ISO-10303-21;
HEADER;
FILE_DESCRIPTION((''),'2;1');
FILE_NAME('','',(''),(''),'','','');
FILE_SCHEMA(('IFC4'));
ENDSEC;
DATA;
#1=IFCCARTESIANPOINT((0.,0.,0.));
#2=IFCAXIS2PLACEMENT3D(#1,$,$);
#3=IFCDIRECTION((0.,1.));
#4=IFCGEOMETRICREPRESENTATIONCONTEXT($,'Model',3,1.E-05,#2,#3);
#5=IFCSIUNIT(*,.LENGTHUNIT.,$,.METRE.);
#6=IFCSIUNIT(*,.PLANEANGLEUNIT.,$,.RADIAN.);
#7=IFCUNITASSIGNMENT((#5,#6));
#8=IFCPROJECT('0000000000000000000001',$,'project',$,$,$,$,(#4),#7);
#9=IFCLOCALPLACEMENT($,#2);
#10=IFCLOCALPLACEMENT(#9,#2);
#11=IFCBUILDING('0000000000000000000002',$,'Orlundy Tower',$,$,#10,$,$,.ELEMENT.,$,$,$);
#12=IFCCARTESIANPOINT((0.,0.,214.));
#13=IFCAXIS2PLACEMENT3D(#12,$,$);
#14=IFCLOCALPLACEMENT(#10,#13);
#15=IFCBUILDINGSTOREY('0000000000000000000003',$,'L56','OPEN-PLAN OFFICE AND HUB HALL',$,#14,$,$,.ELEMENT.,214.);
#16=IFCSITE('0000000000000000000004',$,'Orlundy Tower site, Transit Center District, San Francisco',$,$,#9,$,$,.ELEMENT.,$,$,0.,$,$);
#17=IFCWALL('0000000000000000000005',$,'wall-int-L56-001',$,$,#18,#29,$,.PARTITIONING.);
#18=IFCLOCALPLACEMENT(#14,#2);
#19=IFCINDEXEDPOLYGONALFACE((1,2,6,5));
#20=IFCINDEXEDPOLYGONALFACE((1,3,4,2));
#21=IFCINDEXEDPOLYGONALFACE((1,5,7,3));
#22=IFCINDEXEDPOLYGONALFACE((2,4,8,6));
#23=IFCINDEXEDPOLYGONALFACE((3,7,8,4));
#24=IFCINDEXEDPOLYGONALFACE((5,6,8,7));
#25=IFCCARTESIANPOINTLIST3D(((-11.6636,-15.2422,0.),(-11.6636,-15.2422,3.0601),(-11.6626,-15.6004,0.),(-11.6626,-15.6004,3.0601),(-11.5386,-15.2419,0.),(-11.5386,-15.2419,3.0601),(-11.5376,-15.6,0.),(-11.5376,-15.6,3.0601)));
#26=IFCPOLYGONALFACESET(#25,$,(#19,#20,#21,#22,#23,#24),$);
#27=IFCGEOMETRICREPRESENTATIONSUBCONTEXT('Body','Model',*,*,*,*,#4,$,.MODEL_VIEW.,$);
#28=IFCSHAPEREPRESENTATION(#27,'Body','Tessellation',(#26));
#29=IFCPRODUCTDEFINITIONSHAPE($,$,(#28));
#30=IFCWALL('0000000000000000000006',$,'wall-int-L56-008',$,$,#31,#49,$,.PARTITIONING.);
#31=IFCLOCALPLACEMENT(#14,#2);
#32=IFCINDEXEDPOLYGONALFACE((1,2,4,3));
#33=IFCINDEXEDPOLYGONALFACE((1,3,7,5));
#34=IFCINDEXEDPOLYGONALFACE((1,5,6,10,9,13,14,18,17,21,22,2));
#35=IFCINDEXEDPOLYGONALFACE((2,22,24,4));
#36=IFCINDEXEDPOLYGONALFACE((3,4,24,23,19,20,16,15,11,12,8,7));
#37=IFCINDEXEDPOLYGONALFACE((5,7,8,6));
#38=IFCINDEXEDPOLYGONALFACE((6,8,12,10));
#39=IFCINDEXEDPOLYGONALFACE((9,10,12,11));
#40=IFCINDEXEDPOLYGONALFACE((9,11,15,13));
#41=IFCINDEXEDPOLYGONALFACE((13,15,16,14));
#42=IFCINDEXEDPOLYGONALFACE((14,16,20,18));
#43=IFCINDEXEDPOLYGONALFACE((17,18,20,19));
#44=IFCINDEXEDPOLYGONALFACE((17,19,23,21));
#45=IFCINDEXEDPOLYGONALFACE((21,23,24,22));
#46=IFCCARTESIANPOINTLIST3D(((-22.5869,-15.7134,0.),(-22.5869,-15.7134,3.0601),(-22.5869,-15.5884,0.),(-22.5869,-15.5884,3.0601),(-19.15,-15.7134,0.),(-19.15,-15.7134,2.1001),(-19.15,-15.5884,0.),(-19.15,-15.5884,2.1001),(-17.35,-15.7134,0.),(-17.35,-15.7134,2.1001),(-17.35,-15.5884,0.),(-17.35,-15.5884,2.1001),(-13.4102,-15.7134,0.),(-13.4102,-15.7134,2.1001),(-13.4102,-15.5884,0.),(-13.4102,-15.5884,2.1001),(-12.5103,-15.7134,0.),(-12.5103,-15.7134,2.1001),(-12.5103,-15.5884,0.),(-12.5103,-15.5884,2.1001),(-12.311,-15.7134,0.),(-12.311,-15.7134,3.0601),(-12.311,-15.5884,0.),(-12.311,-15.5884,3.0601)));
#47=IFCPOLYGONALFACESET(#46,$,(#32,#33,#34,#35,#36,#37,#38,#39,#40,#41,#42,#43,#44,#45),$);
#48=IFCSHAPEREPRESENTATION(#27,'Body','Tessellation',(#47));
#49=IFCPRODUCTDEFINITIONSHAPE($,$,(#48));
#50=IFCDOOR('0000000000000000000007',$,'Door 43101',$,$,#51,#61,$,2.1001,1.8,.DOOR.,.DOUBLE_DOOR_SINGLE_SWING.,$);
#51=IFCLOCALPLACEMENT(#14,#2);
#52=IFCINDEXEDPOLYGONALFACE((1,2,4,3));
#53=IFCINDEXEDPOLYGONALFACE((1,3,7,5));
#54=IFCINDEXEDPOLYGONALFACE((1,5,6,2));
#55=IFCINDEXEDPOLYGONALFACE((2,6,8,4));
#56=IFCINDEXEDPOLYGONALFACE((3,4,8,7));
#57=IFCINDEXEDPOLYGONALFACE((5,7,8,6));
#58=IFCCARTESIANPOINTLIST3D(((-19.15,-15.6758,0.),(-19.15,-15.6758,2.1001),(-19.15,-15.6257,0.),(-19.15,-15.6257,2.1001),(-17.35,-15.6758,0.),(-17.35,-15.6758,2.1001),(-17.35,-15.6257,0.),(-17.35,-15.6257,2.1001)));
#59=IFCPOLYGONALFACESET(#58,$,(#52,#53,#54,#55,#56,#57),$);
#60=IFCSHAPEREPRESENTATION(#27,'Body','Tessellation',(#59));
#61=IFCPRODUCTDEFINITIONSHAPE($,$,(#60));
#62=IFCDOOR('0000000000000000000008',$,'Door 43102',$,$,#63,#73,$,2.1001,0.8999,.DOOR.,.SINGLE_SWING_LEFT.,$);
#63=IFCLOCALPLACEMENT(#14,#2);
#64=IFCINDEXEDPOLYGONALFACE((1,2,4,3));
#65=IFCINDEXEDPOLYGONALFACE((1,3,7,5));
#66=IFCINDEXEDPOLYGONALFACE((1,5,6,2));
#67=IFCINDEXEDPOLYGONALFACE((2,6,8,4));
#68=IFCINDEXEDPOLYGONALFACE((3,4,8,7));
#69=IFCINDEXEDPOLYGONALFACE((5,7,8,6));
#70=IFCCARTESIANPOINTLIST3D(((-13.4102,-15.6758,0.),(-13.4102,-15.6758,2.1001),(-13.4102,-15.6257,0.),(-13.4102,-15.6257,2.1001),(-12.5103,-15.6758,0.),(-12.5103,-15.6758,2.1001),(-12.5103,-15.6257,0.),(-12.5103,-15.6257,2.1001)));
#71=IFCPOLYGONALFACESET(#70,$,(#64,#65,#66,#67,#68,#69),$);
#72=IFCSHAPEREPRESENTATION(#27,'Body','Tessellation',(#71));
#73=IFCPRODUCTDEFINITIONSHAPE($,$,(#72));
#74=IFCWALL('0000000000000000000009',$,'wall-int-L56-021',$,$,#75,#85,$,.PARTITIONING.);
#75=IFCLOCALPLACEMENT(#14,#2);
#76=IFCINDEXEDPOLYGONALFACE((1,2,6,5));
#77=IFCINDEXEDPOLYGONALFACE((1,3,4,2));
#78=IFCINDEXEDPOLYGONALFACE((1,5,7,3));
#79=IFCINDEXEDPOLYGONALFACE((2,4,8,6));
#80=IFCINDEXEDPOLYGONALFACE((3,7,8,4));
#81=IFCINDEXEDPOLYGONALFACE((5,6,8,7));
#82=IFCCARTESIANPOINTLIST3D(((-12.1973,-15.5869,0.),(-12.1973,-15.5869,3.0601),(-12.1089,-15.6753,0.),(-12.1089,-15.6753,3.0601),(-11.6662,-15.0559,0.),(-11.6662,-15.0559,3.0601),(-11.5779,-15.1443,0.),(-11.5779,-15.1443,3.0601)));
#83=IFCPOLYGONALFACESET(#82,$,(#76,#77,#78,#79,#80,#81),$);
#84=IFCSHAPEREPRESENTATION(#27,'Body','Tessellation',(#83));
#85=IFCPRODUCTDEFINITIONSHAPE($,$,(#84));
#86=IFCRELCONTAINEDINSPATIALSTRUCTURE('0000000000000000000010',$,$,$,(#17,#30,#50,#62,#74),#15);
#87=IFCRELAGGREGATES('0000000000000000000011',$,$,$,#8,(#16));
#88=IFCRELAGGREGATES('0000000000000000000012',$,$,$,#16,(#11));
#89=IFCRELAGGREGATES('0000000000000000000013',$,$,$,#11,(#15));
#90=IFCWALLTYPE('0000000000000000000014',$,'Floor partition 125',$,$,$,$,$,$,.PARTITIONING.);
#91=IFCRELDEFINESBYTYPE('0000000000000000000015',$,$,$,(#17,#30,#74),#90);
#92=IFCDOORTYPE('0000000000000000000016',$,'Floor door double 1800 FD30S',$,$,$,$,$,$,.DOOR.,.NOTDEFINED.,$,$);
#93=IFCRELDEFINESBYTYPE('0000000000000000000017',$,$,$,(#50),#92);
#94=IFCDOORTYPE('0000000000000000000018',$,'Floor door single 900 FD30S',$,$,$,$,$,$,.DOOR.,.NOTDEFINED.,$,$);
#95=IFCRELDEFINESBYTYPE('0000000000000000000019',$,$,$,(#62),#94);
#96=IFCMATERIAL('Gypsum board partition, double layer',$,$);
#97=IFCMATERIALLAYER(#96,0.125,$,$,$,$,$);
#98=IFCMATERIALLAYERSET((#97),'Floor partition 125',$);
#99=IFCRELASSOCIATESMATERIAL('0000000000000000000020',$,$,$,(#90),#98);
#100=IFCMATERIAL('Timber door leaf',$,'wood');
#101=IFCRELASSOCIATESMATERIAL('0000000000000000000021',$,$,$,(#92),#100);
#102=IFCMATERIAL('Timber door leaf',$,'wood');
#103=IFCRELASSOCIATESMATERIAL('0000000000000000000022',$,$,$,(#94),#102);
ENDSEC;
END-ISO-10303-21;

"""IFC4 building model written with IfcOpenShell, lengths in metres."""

from ifc_helpers import new_model, si_unit, direction, frame, frame_2d, origin, place, context, subcontext, project, spatial, rectangle, extrude, material, layer, layer_set, type_object, element, fill, save


model = new_model("IFC4")

# Units and contexts
model_context = context("Model", 3, precision=1e-05, world=origin(), true_north=direction((0.0, 1.0)))
body_context = subcontext(model_context, "Body", "Model", "MODEL_VIEW")
ifc_project = project(units=[si_unit("LENGTHUNIT", "METRE"), si_unit("PLANEANGLEUNIT", "RADIAN")], contexts=[model_context])

# Site, building, storey
site_placement = place(None, origin())
site = spatial("IfcSite", under=ifc_project, at=site_placement, Name="Orlundy Tower site, Transit Center District, San Francisco", CompositionType="ELEMENT", RefElevation=0.0)
building_placement = place(site_placement, origin())
building = spatial("IfcBuilding", under=site, at=building_placement, Name="Orlundy Tower", CompositionType="ELEMENT")
storey_placement = place(building_placement, frame((0.0, 0.0, 214.0)))
storey = spatial("IfcBuildingStorey", under=building, at=storey_placement, Name="L56", Description="OPEN-PLAN OFFICE AND HUB HALL", CompositionType="ELEMENT", Elevation=214.0)

# Wall
ifc_material_1 = material(Name="Gypsum board partition, double layer")
ifc_layer_1 = layer(ifc_material_1, 0.125)
ifc_layer_set_1 = layer_set([ifc_layer_1], Name="Floor partition 125")
wall_type_1 = type_object("IfcWallType", Name="Floor partition 125", PredefinedType="PARTITIONING", material=ifc_layer_set_1)
wall_1_placement = place(storey_placement, frame((-11.6011, -15.2419, 0.0), z_axis=(0.0, 0.0, 1.0), x_axis=(0.002727, -0.999996, 0.0)))
element("IfcWall", 1, at=wall_1_placement, inside=storey, type_object=wall_type_1, Name="wall-int-L56-001", PredefinedType="PARTITIONING", context=body_context, shape_type="SweptSolid", body=[
    extrude(rectangle(XDim=0.3582, YDim=0.125, at=frame_2d((0.1792, 0.0))), origin(), (0.0, 0.0, 1.0), 3.0601),
])

# Wall, openings, doors
wall_2_placement = place(storey_placement, frame((-12.311, -15.6509, 0.0), z_axis=(0.0, 0.0, 1.0), x_axis=(-1.0, 0.0, 0.0)))
wall_2 = element("IfcWall", 2, at=wall_2_placement, inside=storey, type_object=wall_type_1, Name="wall-int-L56-008", PredefinedType="PARTITIONING", context=body_context, shape_type="SweptSolid", body=[
    extrude(rectangle(XDim=10.2759, YDim=0.125, at=frame_2d((5.1379, 0.0))), origin(), (0.0, 0.0, 1.0), 3.0601),
])
opening_1_placement = place(wall_2_placement, frame((5.0391, 0.0, 0.0)))
opening_1 = element("IfcOpeningElement", 3, at=opening_1_placement, cuts=wall_2, PredefinedType="OPENING", context=body_context, shape_type="SweptSolid", body=[
    extrude(rectangle(XDim=1.8, YDim=2.1001, at=frame_2d((0.8999, 1.05))), frame((0.0, 0.0725, 0.0), z_axis=(0.0, -1.0, 0.0), x_axis=(1.0, 0.0, 0.0)), (0.0, 0.0, 1.0), 0.145),
])
opening_2_placement = place(wall_2_placement, frame((0.1992, 0.0, 0.0)))
opening_2 = element("IfcOpeningElement", 4, at=opening_2_placement, cuts=wall_2, PredefinedType="OPENING", context=body_context, shape_type="SweptSolid", body=[
    extrude(rectangle(XDim=0.8999, YDim=2.1001, at=frame_2d((0.45, 1.05))), frame((0.0, 0.0725, 0.0), z_axis=(0.0, -1.0, 0.0), x_axis=(1.0, 0.0, 0.0)), (0.0, 0.0, 1.0), 0.145),
])
ifc_material_2 = material(Name="Timber door leaf", Category="wood")
door_type_1 = type_object("IfcDoorType", Name="Floor door double 1800 FD30S", OperationType="NOTDEFINED", PredefinedType="DOOR", material=ifc_material_2)
door_1_placement = place(opening_1_placement, origin())
door_1 = element("IfcDoor", 5, at=door_1_placement, inside=storey, type_object=door_type_1, Name="Door 43101", OperationType="DOUBLE_DOOR_SINGLE_SWING", OverallHeight=2.1001, OverallWidth=1.8, PredefinedType="DOOR", context=body_context, shape_type="SweptSolid", body=[
    extrude(rectangle(XDim=1.8, YDim=2.1001, at=frame_2d((0.8999, 1.05))), frame((0.0, 0.0249, 0.0), z_axis=(0.0, -1.0, 0.0), x_axis=(1.0, 0.0, 0.0)), (0.0, 0.0, 1.0), 0.05),
])
fill(opening_1, door_1)
ifc_material_3 = material(Name="Timber door leaf", Category="wood")
door_type_2 = type_object("IfcDoorType", Name="Floor door single 900 FD30S", OperationType="NOTDEFINED", PredefinedType="DOOR", material=ifc_material_3)
door_2_placement = place(opening_2_placement, origin())
door_2 = element("IfcDoor", 6, at=door_2_placement, inside=storey, type_object=door_type_2, Name="Door 43102", OperationType="SINGLE_SWING_LEFT", OverallHeight=2.1001, OverallWidth=0.8999, PredefinedType="DOOR", context=body_context, shape_type="SweptSolid", body=[
    extrude(rectangle(XDim=0.8999, YDim=2.1001, at=frame_2d((0.45, 1.05))), frame((0.0, 0.0249, 0.0), z_axis=(0.0, -1.0, 0.0), x_axis=(1.0, 0.0, 0.0)), (0.0, 0.0, 1.0), 0.05),
])
fill(opening_2, door_2)

# Wall
wall_3_placement = place(storey_placement, frame((-12.1531, -15.6311, 0.0), z_axis=(0.0, 0.0, 1.0), x_axis=(0.707107, 0.707107, 0.0)))
element("IfcWall", 7, at=wall_3_placement, inside=storey, type_object=wall_type_1, Name="wall-int-L56-021", PredefinedType="PARTITIONING", context=body_context, shape_type="SweptSolid", body=[
    extrude(rectangle(XDim=0.751, YDim=0.125, at=frame_2d((0.3755, 0.0))), origin(), (0.0, 0.0, 1.0), 3.0601),
])

save(model, "model.ifc")
